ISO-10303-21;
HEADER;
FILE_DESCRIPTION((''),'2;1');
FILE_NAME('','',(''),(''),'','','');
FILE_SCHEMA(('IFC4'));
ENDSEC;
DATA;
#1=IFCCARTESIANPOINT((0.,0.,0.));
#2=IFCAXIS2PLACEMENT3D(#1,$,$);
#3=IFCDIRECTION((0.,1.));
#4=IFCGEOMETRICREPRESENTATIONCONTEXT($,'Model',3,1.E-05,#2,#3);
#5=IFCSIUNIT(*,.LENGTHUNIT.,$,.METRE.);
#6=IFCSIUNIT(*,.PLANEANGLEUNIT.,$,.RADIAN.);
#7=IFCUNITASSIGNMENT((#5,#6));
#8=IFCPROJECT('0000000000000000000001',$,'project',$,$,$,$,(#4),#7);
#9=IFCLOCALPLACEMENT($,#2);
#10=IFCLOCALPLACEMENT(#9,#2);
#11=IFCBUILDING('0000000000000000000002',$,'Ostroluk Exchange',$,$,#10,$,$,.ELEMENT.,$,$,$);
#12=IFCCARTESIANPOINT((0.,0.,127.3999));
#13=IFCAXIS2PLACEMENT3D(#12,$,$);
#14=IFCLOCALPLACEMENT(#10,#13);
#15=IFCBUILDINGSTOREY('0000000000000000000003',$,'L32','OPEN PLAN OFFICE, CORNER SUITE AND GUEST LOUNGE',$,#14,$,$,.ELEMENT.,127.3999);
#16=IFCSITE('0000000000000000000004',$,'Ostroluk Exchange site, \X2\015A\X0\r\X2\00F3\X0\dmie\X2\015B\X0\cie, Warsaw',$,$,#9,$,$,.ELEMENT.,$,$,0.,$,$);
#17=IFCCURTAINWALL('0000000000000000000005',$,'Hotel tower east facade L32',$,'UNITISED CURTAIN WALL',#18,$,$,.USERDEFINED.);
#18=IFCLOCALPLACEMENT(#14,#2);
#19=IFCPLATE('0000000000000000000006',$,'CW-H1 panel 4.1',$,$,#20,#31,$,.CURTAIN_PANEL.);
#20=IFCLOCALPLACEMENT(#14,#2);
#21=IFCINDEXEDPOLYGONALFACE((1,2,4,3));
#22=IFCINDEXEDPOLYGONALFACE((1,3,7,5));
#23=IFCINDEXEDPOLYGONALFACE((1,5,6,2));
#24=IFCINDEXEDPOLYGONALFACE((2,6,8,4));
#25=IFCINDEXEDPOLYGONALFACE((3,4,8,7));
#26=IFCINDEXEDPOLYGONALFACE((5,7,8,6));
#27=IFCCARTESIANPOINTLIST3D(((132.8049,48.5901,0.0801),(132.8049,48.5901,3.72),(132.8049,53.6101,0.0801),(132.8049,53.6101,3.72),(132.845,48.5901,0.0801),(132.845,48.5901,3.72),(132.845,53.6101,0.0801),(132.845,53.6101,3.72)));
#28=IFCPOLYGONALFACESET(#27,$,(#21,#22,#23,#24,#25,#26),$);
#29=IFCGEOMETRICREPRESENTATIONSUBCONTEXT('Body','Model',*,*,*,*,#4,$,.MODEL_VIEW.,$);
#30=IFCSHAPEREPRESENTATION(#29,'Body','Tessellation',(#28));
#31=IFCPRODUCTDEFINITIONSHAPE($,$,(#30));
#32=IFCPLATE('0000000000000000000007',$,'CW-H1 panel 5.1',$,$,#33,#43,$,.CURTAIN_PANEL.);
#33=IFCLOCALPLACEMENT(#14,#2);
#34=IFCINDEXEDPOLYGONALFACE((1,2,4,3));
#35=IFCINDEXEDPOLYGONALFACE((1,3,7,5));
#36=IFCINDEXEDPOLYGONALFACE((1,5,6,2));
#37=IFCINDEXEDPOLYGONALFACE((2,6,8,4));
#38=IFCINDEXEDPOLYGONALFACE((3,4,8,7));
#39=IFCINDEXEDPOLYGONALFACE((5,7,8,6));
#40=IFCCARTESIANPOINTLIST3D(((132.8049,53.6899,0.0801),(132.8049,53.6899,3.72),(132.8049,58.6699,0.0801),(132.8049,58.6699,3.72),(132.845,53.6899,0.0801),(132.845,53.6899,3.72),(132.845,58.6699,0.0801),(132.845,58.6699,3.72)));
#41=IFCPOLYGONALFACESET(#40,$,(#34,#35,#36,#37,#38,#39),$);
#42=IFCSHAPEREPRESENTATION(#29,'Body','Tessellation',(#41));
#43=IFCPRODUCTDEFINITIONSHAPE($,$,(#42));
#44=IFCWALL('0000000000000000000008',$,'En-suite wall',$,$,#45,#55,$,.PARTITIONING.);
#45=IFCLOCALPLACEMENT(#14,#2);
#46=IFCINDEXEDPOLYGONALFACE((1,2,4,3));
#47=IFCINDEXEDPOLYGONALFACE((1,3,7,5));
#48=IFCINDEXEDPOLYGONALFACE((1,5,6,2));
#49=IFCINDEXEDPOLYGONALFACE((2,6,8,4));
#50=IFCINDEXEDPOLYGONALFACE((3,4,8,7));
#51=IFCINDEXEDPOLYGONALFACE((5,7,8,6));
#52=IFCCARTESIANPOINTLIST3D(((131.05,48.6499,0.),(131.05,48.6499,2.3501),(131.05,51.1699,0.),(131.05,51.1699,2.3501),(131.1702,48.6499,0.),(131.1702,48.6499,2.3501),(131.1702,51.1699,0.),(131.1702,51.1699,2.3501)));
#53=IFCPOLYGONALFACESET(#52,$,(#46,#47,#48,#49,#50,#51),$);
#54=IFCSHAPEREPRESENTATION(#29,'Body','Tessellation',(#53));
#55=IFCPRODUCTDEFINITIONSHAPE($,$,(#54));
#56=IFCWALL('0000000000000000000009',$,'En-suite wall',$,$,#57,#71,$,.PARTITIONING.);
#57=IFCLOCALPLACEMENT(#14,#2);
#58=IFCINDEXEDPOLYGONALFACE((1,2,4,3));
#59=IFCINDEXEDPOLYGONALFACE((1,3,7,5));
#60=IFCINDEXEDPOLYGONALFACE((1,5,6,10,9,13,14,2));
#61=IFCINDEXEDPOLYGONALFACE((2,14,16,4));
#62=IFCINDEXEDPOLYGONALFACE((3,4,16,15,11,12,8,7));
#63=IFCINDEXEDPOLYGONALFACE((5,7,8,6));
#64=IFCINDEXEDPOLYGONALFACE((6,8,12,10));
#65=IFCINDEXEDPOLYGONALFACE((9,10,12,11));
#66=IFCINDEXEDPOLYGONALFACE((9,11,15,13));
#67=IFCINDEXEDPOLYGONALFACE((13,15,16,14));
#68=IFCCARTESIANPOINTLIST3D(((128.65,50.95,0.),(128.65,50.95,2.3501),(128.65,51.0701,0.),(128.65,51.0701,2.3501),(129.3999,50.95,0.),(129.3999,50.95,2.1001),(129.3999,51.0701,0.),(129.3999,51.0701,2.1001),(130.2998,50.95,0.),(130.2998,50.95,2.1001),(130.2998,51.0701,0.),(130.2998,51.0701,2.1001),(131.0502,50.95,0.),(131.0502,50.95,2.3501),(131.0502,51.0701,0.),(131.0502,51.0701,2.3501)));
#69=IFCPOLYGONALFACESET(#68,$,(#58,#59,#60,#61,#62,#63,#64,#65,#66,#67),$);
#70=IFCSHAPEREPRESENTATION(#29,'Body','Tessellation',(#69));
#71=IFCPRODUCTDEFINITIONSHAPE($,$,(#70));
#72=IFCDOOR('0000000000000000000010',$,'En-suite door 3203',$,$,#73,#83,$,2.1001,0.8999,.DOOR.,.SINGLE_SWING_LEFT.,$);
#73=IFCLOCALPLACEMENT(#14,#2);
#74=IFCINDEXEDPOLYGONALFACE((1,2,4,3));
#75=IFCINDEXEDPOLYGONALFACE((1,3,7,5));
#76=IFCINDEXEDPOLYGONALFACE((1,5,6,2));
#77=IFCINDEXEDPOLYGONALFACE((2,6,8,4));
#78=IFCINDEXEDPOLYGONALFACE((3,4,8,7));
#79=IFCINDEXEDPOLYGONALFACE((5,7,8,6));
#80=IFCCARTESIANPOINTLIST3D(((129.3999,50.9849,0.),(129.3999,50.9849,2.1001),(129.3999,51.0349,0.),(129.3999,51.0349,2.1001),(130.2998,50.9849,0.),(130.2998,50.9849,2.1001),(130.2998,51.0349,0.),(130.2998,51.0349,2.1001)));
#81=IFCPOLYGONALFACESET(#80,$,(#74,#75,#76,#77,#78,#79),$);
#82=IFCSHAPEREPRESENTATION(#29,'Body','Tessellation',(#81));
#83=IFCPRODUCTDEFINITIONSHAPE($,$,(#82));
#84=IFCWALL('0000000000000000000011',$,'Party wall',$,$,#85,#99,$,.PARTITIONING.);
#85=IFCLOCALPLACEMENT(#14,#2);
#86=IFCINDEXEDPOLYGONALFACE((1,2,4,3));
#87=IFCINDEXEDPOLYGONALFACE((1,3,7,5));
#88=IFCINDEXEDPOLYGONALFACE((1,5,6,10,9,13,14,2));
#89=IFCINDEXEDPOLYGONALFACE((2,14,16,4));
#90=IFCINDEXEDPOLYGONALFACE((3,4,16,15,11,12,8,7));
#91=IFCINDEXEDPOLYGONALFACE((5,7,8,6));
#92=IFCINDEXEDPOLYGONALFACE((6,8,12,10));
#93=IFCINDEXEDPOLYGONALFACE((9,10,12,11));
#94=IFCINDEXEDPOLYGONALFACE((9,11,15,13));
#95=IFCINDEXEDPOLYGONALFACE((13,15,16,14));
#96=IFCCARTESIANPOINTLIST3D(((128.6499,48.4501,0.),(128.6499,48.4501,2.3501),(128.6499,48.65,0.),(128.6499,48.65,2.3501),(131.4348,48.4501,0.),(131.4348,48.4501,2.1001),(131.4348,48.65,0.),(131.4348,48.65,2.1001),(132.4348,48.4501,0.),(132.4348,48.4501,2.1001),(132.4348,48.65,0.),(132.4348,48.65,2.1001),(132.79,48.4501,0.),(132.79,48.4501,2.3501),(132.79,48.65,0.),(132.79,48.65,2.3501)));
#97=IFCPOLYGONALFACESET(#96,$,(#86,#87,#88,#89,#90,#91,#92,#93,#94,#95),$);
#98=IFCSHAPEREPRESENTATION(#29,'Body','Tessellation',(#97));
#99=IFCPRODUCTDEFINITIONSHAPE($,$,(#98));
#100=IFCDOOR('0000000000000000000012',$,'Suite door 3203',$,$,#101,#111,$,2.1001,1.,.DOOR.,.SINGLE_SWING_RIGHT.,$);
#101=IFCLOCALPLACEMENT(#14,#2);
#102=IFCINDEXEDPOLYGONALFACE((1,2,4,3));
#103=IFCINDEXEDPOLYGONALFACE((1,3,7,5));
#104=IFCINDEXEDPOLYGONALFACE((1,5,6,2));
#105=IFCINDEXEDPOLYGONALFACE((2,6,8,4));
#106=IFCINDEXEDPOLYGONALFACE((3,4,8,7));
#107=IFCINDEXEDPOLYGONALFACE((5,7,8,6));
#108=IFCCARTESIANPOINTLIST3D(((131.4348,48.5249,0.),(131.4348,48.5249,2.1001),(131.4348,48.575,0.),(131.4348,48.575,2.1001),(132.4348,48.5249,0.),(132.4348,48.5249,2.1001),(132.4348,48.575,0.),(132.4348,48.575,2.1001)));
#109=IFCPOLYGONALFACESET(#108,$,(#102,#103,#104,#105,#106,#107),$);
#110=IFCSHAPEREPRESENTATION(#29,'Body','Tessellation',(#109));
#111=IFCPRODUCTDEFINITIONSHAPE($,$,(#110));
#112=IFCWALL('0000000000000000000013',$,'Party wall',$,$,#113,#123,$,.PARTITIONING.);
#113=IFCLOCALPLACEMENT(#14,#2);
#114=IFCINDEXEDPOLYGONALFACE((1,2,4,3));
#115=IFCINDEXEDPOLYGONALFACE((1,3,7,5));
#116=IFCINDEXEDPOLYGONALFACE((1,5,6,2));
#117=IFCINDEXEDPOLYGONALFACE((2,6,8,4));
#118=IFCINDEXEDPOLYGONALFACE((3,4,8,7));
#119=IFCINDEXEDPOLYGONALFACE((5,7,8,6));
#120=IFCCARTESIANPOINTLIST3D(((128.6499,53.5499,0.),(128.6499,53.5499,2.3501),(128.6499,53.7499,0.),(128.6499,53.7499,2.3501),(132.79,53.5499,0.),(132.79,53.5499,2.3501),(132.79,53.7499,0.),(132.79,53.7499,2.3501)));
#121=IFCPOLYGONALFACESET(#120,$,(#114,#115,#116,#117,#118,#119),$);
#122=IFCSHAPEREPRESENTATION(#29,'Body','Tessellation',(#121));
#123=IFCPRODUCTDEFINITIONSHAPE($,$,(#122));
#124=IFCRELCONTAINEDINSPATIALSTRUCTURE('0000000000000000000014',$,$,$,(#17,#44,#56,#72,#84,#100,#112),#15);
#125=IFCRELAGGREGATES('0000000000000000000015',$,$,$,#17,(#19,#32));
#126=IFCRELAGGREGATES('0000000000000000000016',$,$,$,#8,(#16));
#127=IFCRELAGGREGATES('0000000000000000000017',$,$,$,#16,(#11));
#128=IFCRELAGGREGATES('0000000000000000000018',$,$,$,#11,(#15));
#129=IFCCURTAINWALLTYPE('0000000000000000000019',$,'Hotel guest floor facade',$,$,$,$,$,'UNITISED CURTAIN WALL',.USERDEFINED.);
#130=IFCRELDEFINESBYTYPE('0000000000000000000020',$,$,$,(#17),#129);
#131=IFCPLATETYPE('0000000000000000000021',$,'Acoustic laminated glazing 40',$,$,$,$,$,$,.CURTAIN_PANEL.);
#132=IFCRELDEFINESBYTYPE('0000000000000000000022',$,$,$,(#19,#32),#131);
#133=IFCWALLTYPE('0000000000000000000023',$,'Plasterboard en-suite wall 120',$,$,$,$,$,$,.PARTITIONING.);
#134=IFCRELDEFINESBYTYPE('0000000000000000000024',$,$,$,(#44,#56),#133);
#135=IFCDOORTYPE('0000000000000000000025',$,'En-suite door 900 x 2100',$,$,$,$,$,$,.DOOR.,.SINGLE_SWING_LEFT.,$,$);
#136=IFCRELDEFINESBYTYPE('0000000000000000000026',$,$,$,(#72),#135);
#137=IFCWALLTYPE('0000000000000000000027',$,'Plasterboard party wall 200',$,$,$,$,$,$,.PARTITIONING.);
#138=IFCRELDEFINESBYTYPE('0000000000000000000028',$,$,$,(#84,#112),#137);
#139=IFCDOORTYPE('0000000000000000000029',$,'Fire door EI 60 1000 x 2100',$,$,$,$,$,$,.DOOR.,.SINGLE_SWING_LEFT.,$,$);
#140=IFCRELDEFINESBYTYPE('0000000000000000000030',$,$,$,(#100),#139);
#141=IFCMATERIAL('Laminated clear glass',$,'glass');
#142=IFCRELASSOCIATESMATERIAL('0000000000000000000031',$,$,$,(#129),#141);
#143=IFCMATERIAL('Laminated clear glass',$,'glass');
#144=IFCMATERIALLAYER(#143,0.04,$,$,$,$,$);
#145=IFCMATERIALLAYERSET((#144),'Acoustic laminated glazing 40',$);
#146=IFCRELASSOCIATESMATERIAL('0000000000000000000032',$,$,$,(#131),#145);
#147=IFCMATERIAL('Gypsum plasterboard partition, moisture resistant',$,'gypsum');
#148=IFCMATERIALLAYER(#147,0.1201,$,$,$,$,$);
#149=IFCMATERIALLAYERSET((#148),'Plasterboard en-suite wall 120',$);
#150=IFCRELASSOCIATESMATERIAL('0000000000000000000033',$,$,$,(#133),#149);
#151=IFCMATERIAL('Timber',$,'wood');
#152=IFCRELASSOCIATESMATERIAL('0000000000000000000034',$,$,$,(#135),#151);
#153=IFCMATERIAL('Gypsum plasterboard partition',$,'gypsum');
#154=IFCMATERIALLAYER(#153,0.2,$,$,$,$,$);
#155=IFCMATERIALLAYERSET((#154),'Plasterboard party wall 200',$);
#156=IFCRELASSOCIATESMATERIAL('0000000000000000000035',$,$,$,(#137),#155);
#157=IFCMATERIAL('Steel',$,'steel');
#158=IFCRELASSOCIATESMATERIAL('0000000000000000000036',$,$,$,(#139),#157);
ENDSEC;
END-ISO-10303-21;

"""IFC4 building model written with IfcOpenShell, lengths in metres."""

from ifc_helpers import new_model, si_unit, direction, frame, frame_2d, origin, origin_2d, place, context, subcontext, project, spatial, rectangle, extrude, material, layer, layer_set, type_object, element, fill, aggregate, save


model = new_model("IFC4")

# Units and contexts
model_context = context("Model", 3, precision=1e-05, world=origin(), true_north=direction((0.0, 1.0)))
body_context = subcontext(model_context, "Body", "Model", "MODEL_VIEW")
ifc_project = project(units=[si_unit("LENGTHUNIT", "METRE"), si_unit("PLANEANGLEUNIT", "RADIAN")], contexts=[model_context])

# Site, building, storey
site_placement = place(None, origin())
site = spatial("IfcSite", under=ifc_project, at=site_placement, Name="Ostroluk Exchange site, Śródmieście, Warsaw", CompositionType="ELEMENT", RefElevation=0.0)
building_placement = place(site_placement, origin())
building = spatial("IfcBuilding", under=site, at=building_placement, Name="Ostroluk Exchange", CompositionType="ELEMENT")
storey_placement = place(building_placement, frame((0.0, 0.0, 127.3999)))
storey = spatial("IfcBuildingStorey", under=building, at=storey_placement, Name="L32", Description="OPEN PLAN OFFICE, CORNER SUITE AND GUEST LOUNGE", CompositionType="ELEMENT", Elevation=127.3999)

# Curtain wall, plates
ifc_material_1 = material(Name="Laminated clear glass", Category="glass")
curtain_wall_type = type_object("IfcCurtainWallType", Name="Hotel guest floor facade", ElementType="UNITISED CURTAIN WALL", PredefinedType="USERDEFINED", material=ifc_material_1)
curtain_wall_placement = place(storey_placement, origin())
curtain_wall = element("IfcCurtainWall", 1, at=curtain_wall_placement, inside=storey, type_object=curtain_wall_type, Name="Hotel tower east facade L32", ObjectType="UNITISED CURTAIN WALL", PredefinedType="USERDEFINED")
ifc_material_2 = material(Name="Laminated clear glass", Category="glass")
ifc_layer_1 = layer(ifc_material_2, 0.04)
ifc_layer_set_1 = layer_set([ifc_layer_1], Name="Acoustic laminated glazing 40")
plate_type = type_object("IfcPlateType", Name="Acoustic laminated glazing 40", PredefinedType="CURTAIN_PANEL", material=ifc_layer_set_1)
plate_1_placement = place(storey_placement, frame((132.825, 51.1001, 0.0801), z_axis=(0.0, 0.0, 1.0), x_axis=(0.0, 1.0, 0.0)))
plate_1 = element("IfcPlate", 2, at=plate_1_placement, type_object=plate_type, Name="CW-H1 panel 4.1", PredefinedType="CURTAIN_PANEL", context=body_context, shape_type="SweptSolid", body=[
    extrude(rectangle(XDim=5.02, YDim=0.04, at=origin_2d()), origin(), (0.0, 0.0, 1.0), 3.6399),
])
plate_2_placement = place(storey_placement, frame((132.825, 56.1799, 0.0801), z_axis=(0.0, 0.0, 1.0), x_axis=(0.0, 1.0, 0.0)))
plate_2 = element("IfcPlate", 3, at=plate_2_placement, type_object=plate_type, Name="CW-H1 panel 5.1", PredefinedType="CURTAIN_PANEL", context=body_context, shape_type="SweptSolid", body=[
    extrude(rectangle(XDim=4.98, YDim=0.04, at=origin_2d()), origin(), (0.0, 0.0, 1.0), 3.6399),
])
aggregate(curtain_wall, [plate_1, plate_2])

# Wall
ifc_material_3 = material(Name="Gypsum plasterboard partition, moisture resistant", Category="gypsum")
ifc_layer_2 = layer(ifc_material_3, 0.1201)
ifc_layer_set_2 = layer_set([ifc_layer_2], Name="Plasterboard en-suite wall 120")
wall_type_1 = type_object("IfcWallType", Name="Plasterboard en-suite wall 120", PredefinedType="PARTITIONING", material=ifc_layer_set_2)
wall_1_placement = place(storey_placement, frame((131.1101, 48.6499, 0.0), z_axis=(0.0, 0.0, 1.0), x_axis=(0.0, 1.0, 0.0)))
element("IfcWall", 4, at=wall_1_placement, inside=storey, type_object=wall_type_1, Name="En-suite wall", PredefinedType="PARTITIONING", context=body_context, shape_type="SweptSolid", body=[
    extrude(rectangle(XDim=2.52, YDim=0.1201, at=frame_2d((1.26, 0.0))), origin(), (0.0, 0.0, 1.0), 2.3501),
])

# Walls, openings, doors
wall_2_placement = place(storey_placement, frame((128.6499, 51.01, 0.0), z_axis=(0.0, 0.0, 1.0), x_axis=(1.0, 0.0, 0.0)))
wall_2 = element("IfcWall", 5, at=wall_2_placement, inside=storey, type_object=wall_type_1, Name="En-suite wall", PredefinedType="PARTITIONING", context=body_context, shape_type="SweptSolid", body=[
    extrude(rectangle(XDim=2.4001, YDim=0.1201, at=frame_2d((1.2002, 0.0))), origin(), (0.0, 0.0, 1.0), 2.3501),
])
opening_1_placement = place(wall_2_placement, frame((0.75, 0.0, 0.0)))
opening_1 = element("IfcOpeningElement", 6, at=opening_1_placement, cuts=wall_2, PredefinedType="OPENING", context=body_context, shape_type="SweptSolid", body=[
    extrude(rectangle(XDim=0.8999, YDim=2.1001, at=frame_2d((0.45, 1.05))), frame((0.0, 0.0701, 0.0), z_axis=(0.0, -1.0, 0.0), x_axis=(1.0, 0.0, 0.0)), (0.0, 0.0, 1.0), 0.1401),
])
ifc_material_4 = material(Name="Timber", Category="wood")
door_type_1 = type_object("IfcDoorType", Name="En-suite door 900 x 2100", OperationType="SINGLE_SWING_LEFT", PredefinedType="DOOR", material=ifc_material_4)
door_1_placement = place(opening_1_placement, origin())
door_1 = element("IfcDoor", 7, at=door_1_placement, inside=storey, type_object=door_type_1, Name="En-suite door 3203", OperationType="SINGLE_SWING_LEFT", OverallHeight=2.1001, OverallWidth=0.8999, PredefinedType="DOOR", context=body_context, shape_type="SweptSolid", body=[
    extrude(rectangle(XDim=0.8999, YDim=2.1001, at=frame_2d((0.45, 1.05))), frame((0.0, 0.0249, 0.0), z_axis=(0.0, -1.0, 0.0), x_axis=(1.0, 0.0, 0.0)), (0.0, 0.0, 1.0), 0.05),
])
fill(opening_1, door_1)
ifc_material_5 = material(Name="Gypsum plasterboard partition", Category="gypsum")
ifc_layer_3 = layer(ifc_material_5, 0.2)
ifc_layer_set_3 = layer_set([ifc_layer_3], Name="Plasterboard party wall 200")
wall_type_2 = type_object("IfcWallType", Name="Plasterboard party wall 200", PredefinedType="PARTITIONING", material=ifc_layer_set_3)
wall_3_placement = place(storey_placement, frame((128.6499, 48.55, 0.0), z_axis=(0.0, 0.0, 1.0), x_axis=(1.0, 0.0, 0.0)))
wall_3 = element("IfcWall", 8, at=wall_3_placement, inside=storey, type_object=wall_type_2, Name="Party wall", PredefinedType="PARTITIONING", context=body_context, shape_type="SweptSolid", body=[
    extrude(rectangle(XDim=4.1401, YDim=0.2, at=frame_2d((2.0701, 0.0))), origin(), (0.0, 0.0, 1.0), 2.3501),
])
opening_2_placement = place(wall_3_placement, frame((2.7849, 0.0, 0.0)))
opening_2 = element("IfcOpeningElement", 9, at=opening_2_placement, cuts=wall_3, PredefinedType="OPENING", context=body_context, shape_type="SweptSolid", body=[
    extrude(rectangle(XDim=1.0, YDim=2.1001, at=frame_2d((0.5, 1.05))), frame((0.0, 0.1099, 0.0), z_axis=(0.0, -1.0, 0.0), x_axis=(1.0, 0.0, 0.0)), (0.0, 0.0, 1.0), 0.22),
])
ifc_material_6 = material(Name="Steel", Category="steel")
door_type_2 = type_object("IfcDoorType", Name="Fire door EI 60 1000 x 2100", OperationType="SINGLE_SWING_LEFT", PredefinedType="DOOR", material=ifc_material_6)
door_2_placement = place(opening_2_placement, origin())
door_2 = element("IfcDoor", 10, at=door_2_placement, inside=storey, type_object=door_type_2, Name="Suite door 3203", OperationType="SINGLE_SWING_RIGHT", OverallHeight=2.1001, OverallWidth=1.0, PredefinedType="DOOR", context=body_context, shape_type="SweptSolid", body=[
    extrude(rectangle(XDim=1.0, YDim=2.1001, at=frame_2d((0.5, 1.05))), frame((0.0, 0.0249, 0.0), z_axis=(0.0, -1.0, 0.0), x_axis=(1.0, 0.0, 0.0)), (0.0, 0.0, 1.0), 0.05),
])
fill(opening_2, door_2)

# Wall
wall_4_placement = place(storey_placement, frame((128.6499, 53.6499, 0.0), z_axis=(0.0, 0.0, 1.0), x_axis=(1.0, 0.0, 0.0)))
element("IfcWall", 11, at=wall_4_placement, inside=storey, type_object=wall_type_2, Name="Party wall", PredefinedType="PARTITIONING", context=body_context, shape_type="SweptSolid", body=[
    extrude(rectangle(XDim=4.1401, YDim=0.2, at=frame_2d((2.0701, 0.0))), origin(), (0.0, 0.0, 1.0), 2.3501),
])

save(model, "model.ifc")
